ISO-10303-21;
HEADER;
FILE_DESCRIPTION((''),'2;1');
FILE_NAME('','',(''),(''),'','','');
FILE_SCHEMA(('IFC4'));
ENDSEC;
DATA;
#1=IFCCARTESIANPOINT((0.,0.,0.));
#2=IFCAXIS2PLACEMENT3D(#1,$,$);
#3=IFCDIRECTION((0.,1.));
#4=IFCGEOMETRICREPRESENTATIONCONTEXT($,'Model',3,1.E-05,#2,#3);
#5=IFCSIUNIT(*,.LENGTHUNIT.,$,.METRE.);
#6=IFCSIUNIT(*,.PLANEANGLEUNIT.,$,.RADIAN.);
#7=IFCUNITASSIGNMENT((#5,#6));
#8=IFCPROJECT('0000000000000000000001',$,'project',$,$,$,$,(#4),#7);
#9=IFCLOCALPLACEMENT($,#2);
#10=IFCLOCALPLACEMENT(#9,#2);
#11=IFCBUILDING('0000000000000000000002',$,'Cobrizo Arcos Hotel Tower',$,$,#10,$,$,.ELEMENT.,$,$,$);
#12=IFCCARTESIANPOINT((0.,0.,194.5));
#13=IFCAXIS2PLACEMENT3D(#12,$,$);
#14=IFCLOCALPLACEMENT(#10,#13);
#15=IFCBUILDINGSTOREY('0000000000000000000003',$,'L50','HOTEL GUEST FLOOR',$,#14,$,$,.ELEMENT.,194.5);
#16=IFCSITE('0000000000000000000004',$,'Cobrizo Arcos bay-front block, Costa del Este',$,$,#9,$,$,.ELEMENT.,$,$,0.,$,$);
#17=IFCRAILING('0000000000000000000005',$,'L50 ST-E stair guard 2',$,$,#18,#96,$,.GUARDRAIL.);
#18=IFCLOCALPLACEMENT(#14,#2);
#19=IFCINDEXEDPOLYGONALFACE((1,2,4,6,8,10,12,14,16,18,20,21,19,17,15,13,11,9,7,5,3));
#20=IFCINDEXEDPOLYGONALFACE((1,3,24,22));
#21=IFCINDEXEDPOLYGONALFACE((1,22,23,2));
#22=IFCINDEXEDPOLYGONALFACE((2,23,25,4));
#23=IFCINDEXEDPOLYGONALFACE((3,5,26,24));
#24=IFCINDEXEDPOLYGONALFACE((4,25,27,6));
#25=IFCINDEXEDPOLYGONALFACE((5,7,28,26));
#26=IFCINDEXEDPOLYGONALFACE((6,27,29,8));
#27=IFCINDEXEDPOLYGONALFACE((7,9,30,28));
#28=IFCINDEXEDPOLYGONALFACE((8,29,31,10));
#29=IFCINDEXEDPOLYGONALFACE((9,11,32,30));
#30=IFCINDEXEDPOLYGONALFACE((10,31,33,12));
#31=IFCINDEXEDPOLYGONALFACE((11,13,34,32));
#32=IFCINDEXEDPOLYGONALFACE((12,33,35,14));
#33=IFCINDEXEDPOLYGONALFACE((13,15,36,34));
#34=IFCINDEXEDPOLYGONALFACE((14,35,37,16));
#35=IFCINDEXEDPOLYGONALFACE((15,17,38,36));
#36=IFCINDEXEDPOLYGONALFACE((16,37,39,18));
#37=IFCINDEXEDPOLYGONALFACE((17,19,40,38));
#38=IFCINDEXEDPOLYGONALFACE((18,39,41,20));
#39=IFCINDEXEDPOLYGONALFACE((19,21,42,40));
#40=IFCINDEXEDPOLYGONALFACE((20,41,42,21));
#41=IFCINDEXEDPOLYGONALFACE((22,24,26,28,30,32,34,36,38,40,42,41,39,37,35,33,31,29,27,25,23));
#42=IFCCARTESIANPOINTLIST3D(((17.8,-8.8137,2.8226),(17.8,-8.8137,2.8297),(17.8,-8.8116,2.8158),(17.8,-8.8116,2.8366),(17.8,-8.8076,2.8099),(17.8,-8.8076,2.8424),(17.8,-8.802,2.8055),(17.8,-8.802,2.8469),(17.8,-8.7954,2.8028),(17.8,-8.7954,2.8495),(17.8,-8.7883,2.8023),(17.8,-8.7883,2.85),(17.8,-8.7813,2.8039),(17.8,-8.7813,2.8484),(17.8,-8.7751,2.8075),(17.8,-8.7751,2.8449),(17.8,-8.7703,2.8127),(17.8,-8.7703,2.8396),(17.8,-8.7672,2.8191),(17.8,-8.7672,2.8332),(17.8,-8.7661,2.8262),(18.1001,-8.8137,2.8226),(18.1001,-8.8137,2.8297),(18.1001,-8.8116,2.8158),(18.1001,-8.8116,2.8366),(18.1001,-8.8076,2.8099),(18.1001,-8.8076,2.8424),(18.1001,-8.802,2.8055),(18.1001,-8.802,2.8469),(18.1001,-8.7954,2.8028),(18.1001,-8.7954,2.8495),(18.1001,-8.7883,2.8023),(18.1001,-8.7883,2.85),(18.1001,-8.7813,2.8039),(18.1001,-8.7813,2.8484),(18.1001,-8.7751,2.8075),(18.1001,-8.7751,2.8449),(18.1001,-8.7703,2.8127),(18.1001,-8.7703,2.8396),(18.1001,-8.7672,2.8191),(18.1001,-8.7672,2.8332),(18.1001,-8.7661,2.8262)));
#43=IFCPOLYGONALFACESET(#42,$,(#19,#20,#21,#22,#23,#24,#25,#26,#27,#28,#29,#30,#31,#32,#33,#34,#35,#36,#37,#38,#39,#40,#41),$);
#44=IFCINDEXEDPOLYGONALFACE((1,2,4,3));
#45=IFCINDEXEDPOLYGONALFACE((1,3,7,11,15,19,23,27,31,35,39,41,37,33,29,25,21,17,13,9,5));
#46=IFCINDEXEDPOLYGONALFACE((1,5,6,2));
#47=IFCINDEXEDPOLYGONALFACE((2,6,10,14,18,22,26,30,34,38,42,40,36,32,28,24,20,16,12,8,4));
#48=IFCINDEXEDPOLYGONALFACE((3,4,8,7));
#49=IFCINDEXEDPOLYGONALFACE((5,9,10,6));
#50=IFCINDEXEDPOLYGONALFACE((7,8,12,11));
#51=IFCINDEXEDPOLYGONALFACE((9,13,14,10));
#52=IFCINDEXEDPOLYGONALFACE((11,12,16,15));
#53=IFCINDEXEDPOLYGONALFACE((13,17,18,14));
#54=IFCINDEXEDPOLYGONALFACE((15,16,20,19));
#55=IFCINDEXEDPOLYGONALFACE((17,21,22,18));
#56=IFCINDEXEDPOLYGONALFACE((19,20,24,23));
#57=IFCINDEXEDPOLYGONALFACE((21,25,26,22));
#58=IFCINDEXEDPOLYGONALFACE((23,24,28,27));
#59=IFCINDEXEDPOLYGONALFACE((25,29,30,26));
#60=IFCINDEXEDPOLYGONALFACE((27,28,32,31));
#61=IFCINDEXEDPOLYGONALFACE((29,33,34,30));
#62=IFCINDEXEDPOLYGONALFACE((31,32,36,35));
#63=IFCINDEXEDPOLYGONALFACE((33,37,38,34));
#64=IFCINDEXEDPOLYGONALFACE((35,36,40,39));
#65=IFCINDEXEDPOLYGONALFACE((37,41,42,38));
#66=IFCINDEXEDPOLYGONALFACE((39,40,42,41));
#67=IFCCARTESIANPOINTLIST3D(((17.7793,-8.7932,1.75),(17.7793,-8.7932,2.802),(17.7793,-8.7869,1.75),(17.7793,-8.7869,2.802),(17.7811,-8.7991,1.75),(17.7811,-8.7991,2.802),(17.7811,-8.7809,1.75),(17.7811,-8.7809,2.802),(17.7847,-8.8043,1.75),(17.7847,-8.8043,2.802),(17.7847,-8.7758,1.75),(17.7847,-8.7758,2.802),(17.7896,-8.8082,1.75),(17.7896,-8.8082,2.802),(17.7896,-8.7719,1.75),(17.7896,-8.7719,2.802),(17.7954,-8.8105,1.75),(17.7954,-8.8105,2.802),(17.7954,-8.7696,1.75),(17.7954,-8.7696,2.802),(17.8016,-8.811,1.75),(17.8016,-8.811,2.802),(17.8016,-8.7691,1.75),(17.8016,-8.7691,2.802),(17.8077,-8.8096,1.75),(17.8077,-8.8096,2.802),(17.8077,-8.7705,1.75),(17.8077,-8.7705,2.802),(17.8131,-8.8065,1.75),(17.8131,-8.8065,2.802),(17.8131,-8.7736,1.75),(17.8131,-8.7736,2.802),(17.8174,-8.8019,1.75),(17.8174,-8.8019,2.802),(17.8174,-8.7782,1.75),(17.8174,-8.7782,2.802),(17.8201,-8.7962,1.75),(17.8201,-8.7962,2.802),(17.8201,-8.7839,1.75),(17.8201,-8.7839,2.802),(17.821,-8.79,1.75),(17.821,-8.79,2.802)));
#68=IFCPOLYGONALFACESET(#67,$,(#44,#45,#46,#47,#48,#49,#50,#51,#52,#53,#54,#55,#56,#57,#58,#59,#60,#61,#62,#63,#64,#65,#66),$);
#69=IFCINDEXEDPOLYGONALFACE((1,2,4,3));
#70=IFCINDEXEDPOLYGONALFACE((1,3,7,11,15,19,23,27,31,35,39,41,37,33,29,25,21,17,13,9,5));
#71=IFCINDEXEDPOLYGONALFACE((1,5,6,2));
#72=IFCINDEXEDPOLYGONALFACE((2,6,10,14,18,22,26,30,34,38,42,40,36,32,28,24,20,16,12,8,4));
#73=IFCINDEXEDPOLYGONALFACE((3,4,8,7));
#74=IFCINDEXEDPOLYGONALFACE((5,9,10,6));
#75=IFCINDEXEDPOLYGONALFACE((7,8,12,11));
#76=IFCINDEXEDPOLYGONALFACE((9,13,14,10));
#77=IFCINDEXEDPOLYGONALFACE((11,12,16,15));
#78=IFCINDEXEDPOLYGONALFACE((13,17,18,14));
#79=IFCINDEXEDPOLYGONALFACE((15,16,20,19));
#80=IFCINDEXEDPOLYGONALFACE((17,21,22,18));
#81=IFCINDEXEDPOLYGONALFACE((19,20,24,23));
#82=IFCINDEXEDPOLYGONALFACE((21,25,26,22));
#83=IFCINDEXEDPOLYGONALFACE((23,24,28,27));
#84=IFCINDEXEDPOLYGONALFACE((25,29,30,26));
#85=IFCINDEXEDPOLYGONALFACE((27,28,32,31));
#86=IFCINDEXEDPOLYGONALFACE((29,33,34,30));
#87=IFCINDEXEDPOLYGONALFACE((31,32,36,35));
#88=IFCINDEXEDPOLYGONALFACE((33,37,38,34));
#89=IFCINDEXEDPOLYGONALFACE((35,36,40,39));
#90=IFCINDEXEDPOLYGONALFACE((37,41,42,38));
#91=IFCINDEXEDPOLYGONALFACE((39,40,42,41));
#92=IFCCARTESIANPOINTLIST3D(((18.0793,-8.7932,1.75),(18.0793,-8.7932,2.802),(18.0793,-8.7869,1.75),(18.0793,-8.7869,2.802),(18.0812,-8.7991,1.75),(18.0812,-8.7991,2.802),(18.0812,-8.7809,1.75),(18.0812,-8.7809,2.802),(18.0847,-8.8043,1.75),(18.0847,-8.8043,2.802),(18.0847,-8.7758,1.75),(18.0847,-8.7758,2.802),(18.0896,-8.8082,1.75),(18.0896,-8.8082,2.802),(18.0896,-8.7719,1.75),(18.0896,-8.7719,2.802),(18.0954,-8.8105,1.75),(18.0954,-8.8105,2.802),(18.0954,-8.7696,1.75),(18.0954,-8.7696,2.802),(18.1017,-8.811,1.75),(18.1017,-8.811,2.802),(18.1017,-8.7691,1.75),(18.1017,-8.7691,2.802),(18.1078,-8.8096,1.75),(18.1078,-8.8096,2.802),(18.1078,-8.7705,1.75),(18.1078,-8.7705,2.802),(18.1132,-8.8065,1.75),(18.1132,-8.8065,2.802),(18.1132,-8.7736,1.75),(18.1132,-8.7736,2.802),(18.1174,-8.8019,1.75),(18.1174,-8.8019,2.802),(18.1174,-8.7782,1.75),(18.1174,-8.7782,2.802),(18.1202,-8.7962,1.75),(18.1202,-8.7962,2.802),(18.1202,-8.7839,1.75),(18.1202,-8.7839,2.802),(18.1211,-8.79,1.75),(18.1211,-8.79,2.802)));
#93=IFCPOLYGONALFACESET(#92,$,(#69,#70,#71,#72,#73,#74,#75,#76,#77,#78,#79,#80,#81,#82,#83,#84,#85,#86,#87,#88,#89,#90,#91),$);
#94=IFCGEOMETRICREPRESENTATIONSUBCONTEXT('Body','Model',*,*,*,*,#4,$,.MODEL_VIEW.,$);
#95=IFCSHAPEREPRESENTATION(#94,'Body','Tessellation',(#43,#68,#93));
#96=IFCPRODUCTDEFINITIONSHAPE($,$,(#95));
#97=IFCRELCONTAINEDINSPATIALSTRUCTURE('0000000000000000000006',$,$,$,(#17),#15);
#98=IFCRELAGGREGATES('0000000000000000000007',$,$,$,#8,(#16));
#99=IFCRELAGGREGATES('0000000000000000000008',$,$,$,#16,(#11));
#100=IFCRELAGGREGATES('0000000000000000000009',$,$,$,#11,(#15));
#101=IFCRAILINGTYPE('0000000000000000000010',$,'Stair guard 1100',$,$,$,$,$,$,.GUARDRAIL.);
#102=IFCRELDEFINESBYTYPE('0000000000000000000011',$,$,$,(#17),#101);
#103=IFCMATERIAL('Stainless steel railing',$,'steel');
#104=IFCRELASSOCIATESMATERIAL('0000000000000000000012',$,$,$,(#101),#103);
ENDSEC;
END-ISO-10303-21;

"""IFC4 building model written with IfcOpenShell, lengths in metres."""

from ifc_helpers import new_model, si_unit, direction, frame, origin, origin_2d, place, context, subcontext, project, spatial, circle, extrude, material, type_object, element, save


model = new_model("IFC4")

# Units and contexts
model_context = context("Model", 3, precision=1e-05, world=origin(), true_north=direction((0.0, 1.0)))
body_context = subcontext(model_context, "Body", "Model", "MODEL_VIEW")
ifc_project = project(units=[si_unit("LENGTHUNIT", "METRE"), si_unit("PLANEANGLEUNIT", "RADIAN")], contexts=[model_context])

# Site, building, storey
site_placement = place(None, origin())
site = spatial("IfcSite", under=ifc_project, at=site_placement, Name="Cobrizo Arcos bay-front block, Costa del Este", CompositionType="ELEMENT", RefElevation=0.0)
building_placement = place(site_placement, origin())
building = spatial("IfcBuilding", under=site, at=building_placement, Name="Cobrizo Arcos Hotel Tower", CompositionType="ELEMENT")
storey_placement = place(building_placement, frame((0.0, 0.0, 194.5)))
storey = spatial("IfcBuildingStorey", under=building, at=storey_placement, Name="L50", Description="HOTEL GUEST FLOOR", CompositionType="ELEMENT", Elevation=194.5)

# Railing
ifc_material_1 = material(Name="Stainless steel railing", Category="steel")
railing_type_1 = type_object("IfcRailingType", Name="Stair guard 1100", PredefinedType="GUARDRAIL", material=ifc_material_1)
railing_1_placement = place(storey_placement, frame((17.8, -8.79, 1.75)))
element("IfcRailing", 1, at=railing_1_placement, inside=storey, type_object=railing_type_1, Name="L50 ST-E stair guard 2", PredefinedType="GUARDRAIL", context=body_context, shape_type="SweptSolid", body=[
    extrude(circle(Radius=0.0239, at=origin_2d()), frame((0.0, 0.0, 1.0762), z_axis=(1.0, 0.0, 0.0), x_axis=(0.0, 1.0, 0.0)), (0.0, 0.0, 1.0), 0.3),
    extrude(circle(Radius=0.021, at=origin_2d()), origin(), (0.0, 0.0, 1.0), 1.052),
    extrude(circle(Radius=0.021, at=origin_2d()), frame((0.3, 0.0, 0.0)), (0.0, 0.0, 1.0), 1.052),
])

save(model, "model.ifc")
